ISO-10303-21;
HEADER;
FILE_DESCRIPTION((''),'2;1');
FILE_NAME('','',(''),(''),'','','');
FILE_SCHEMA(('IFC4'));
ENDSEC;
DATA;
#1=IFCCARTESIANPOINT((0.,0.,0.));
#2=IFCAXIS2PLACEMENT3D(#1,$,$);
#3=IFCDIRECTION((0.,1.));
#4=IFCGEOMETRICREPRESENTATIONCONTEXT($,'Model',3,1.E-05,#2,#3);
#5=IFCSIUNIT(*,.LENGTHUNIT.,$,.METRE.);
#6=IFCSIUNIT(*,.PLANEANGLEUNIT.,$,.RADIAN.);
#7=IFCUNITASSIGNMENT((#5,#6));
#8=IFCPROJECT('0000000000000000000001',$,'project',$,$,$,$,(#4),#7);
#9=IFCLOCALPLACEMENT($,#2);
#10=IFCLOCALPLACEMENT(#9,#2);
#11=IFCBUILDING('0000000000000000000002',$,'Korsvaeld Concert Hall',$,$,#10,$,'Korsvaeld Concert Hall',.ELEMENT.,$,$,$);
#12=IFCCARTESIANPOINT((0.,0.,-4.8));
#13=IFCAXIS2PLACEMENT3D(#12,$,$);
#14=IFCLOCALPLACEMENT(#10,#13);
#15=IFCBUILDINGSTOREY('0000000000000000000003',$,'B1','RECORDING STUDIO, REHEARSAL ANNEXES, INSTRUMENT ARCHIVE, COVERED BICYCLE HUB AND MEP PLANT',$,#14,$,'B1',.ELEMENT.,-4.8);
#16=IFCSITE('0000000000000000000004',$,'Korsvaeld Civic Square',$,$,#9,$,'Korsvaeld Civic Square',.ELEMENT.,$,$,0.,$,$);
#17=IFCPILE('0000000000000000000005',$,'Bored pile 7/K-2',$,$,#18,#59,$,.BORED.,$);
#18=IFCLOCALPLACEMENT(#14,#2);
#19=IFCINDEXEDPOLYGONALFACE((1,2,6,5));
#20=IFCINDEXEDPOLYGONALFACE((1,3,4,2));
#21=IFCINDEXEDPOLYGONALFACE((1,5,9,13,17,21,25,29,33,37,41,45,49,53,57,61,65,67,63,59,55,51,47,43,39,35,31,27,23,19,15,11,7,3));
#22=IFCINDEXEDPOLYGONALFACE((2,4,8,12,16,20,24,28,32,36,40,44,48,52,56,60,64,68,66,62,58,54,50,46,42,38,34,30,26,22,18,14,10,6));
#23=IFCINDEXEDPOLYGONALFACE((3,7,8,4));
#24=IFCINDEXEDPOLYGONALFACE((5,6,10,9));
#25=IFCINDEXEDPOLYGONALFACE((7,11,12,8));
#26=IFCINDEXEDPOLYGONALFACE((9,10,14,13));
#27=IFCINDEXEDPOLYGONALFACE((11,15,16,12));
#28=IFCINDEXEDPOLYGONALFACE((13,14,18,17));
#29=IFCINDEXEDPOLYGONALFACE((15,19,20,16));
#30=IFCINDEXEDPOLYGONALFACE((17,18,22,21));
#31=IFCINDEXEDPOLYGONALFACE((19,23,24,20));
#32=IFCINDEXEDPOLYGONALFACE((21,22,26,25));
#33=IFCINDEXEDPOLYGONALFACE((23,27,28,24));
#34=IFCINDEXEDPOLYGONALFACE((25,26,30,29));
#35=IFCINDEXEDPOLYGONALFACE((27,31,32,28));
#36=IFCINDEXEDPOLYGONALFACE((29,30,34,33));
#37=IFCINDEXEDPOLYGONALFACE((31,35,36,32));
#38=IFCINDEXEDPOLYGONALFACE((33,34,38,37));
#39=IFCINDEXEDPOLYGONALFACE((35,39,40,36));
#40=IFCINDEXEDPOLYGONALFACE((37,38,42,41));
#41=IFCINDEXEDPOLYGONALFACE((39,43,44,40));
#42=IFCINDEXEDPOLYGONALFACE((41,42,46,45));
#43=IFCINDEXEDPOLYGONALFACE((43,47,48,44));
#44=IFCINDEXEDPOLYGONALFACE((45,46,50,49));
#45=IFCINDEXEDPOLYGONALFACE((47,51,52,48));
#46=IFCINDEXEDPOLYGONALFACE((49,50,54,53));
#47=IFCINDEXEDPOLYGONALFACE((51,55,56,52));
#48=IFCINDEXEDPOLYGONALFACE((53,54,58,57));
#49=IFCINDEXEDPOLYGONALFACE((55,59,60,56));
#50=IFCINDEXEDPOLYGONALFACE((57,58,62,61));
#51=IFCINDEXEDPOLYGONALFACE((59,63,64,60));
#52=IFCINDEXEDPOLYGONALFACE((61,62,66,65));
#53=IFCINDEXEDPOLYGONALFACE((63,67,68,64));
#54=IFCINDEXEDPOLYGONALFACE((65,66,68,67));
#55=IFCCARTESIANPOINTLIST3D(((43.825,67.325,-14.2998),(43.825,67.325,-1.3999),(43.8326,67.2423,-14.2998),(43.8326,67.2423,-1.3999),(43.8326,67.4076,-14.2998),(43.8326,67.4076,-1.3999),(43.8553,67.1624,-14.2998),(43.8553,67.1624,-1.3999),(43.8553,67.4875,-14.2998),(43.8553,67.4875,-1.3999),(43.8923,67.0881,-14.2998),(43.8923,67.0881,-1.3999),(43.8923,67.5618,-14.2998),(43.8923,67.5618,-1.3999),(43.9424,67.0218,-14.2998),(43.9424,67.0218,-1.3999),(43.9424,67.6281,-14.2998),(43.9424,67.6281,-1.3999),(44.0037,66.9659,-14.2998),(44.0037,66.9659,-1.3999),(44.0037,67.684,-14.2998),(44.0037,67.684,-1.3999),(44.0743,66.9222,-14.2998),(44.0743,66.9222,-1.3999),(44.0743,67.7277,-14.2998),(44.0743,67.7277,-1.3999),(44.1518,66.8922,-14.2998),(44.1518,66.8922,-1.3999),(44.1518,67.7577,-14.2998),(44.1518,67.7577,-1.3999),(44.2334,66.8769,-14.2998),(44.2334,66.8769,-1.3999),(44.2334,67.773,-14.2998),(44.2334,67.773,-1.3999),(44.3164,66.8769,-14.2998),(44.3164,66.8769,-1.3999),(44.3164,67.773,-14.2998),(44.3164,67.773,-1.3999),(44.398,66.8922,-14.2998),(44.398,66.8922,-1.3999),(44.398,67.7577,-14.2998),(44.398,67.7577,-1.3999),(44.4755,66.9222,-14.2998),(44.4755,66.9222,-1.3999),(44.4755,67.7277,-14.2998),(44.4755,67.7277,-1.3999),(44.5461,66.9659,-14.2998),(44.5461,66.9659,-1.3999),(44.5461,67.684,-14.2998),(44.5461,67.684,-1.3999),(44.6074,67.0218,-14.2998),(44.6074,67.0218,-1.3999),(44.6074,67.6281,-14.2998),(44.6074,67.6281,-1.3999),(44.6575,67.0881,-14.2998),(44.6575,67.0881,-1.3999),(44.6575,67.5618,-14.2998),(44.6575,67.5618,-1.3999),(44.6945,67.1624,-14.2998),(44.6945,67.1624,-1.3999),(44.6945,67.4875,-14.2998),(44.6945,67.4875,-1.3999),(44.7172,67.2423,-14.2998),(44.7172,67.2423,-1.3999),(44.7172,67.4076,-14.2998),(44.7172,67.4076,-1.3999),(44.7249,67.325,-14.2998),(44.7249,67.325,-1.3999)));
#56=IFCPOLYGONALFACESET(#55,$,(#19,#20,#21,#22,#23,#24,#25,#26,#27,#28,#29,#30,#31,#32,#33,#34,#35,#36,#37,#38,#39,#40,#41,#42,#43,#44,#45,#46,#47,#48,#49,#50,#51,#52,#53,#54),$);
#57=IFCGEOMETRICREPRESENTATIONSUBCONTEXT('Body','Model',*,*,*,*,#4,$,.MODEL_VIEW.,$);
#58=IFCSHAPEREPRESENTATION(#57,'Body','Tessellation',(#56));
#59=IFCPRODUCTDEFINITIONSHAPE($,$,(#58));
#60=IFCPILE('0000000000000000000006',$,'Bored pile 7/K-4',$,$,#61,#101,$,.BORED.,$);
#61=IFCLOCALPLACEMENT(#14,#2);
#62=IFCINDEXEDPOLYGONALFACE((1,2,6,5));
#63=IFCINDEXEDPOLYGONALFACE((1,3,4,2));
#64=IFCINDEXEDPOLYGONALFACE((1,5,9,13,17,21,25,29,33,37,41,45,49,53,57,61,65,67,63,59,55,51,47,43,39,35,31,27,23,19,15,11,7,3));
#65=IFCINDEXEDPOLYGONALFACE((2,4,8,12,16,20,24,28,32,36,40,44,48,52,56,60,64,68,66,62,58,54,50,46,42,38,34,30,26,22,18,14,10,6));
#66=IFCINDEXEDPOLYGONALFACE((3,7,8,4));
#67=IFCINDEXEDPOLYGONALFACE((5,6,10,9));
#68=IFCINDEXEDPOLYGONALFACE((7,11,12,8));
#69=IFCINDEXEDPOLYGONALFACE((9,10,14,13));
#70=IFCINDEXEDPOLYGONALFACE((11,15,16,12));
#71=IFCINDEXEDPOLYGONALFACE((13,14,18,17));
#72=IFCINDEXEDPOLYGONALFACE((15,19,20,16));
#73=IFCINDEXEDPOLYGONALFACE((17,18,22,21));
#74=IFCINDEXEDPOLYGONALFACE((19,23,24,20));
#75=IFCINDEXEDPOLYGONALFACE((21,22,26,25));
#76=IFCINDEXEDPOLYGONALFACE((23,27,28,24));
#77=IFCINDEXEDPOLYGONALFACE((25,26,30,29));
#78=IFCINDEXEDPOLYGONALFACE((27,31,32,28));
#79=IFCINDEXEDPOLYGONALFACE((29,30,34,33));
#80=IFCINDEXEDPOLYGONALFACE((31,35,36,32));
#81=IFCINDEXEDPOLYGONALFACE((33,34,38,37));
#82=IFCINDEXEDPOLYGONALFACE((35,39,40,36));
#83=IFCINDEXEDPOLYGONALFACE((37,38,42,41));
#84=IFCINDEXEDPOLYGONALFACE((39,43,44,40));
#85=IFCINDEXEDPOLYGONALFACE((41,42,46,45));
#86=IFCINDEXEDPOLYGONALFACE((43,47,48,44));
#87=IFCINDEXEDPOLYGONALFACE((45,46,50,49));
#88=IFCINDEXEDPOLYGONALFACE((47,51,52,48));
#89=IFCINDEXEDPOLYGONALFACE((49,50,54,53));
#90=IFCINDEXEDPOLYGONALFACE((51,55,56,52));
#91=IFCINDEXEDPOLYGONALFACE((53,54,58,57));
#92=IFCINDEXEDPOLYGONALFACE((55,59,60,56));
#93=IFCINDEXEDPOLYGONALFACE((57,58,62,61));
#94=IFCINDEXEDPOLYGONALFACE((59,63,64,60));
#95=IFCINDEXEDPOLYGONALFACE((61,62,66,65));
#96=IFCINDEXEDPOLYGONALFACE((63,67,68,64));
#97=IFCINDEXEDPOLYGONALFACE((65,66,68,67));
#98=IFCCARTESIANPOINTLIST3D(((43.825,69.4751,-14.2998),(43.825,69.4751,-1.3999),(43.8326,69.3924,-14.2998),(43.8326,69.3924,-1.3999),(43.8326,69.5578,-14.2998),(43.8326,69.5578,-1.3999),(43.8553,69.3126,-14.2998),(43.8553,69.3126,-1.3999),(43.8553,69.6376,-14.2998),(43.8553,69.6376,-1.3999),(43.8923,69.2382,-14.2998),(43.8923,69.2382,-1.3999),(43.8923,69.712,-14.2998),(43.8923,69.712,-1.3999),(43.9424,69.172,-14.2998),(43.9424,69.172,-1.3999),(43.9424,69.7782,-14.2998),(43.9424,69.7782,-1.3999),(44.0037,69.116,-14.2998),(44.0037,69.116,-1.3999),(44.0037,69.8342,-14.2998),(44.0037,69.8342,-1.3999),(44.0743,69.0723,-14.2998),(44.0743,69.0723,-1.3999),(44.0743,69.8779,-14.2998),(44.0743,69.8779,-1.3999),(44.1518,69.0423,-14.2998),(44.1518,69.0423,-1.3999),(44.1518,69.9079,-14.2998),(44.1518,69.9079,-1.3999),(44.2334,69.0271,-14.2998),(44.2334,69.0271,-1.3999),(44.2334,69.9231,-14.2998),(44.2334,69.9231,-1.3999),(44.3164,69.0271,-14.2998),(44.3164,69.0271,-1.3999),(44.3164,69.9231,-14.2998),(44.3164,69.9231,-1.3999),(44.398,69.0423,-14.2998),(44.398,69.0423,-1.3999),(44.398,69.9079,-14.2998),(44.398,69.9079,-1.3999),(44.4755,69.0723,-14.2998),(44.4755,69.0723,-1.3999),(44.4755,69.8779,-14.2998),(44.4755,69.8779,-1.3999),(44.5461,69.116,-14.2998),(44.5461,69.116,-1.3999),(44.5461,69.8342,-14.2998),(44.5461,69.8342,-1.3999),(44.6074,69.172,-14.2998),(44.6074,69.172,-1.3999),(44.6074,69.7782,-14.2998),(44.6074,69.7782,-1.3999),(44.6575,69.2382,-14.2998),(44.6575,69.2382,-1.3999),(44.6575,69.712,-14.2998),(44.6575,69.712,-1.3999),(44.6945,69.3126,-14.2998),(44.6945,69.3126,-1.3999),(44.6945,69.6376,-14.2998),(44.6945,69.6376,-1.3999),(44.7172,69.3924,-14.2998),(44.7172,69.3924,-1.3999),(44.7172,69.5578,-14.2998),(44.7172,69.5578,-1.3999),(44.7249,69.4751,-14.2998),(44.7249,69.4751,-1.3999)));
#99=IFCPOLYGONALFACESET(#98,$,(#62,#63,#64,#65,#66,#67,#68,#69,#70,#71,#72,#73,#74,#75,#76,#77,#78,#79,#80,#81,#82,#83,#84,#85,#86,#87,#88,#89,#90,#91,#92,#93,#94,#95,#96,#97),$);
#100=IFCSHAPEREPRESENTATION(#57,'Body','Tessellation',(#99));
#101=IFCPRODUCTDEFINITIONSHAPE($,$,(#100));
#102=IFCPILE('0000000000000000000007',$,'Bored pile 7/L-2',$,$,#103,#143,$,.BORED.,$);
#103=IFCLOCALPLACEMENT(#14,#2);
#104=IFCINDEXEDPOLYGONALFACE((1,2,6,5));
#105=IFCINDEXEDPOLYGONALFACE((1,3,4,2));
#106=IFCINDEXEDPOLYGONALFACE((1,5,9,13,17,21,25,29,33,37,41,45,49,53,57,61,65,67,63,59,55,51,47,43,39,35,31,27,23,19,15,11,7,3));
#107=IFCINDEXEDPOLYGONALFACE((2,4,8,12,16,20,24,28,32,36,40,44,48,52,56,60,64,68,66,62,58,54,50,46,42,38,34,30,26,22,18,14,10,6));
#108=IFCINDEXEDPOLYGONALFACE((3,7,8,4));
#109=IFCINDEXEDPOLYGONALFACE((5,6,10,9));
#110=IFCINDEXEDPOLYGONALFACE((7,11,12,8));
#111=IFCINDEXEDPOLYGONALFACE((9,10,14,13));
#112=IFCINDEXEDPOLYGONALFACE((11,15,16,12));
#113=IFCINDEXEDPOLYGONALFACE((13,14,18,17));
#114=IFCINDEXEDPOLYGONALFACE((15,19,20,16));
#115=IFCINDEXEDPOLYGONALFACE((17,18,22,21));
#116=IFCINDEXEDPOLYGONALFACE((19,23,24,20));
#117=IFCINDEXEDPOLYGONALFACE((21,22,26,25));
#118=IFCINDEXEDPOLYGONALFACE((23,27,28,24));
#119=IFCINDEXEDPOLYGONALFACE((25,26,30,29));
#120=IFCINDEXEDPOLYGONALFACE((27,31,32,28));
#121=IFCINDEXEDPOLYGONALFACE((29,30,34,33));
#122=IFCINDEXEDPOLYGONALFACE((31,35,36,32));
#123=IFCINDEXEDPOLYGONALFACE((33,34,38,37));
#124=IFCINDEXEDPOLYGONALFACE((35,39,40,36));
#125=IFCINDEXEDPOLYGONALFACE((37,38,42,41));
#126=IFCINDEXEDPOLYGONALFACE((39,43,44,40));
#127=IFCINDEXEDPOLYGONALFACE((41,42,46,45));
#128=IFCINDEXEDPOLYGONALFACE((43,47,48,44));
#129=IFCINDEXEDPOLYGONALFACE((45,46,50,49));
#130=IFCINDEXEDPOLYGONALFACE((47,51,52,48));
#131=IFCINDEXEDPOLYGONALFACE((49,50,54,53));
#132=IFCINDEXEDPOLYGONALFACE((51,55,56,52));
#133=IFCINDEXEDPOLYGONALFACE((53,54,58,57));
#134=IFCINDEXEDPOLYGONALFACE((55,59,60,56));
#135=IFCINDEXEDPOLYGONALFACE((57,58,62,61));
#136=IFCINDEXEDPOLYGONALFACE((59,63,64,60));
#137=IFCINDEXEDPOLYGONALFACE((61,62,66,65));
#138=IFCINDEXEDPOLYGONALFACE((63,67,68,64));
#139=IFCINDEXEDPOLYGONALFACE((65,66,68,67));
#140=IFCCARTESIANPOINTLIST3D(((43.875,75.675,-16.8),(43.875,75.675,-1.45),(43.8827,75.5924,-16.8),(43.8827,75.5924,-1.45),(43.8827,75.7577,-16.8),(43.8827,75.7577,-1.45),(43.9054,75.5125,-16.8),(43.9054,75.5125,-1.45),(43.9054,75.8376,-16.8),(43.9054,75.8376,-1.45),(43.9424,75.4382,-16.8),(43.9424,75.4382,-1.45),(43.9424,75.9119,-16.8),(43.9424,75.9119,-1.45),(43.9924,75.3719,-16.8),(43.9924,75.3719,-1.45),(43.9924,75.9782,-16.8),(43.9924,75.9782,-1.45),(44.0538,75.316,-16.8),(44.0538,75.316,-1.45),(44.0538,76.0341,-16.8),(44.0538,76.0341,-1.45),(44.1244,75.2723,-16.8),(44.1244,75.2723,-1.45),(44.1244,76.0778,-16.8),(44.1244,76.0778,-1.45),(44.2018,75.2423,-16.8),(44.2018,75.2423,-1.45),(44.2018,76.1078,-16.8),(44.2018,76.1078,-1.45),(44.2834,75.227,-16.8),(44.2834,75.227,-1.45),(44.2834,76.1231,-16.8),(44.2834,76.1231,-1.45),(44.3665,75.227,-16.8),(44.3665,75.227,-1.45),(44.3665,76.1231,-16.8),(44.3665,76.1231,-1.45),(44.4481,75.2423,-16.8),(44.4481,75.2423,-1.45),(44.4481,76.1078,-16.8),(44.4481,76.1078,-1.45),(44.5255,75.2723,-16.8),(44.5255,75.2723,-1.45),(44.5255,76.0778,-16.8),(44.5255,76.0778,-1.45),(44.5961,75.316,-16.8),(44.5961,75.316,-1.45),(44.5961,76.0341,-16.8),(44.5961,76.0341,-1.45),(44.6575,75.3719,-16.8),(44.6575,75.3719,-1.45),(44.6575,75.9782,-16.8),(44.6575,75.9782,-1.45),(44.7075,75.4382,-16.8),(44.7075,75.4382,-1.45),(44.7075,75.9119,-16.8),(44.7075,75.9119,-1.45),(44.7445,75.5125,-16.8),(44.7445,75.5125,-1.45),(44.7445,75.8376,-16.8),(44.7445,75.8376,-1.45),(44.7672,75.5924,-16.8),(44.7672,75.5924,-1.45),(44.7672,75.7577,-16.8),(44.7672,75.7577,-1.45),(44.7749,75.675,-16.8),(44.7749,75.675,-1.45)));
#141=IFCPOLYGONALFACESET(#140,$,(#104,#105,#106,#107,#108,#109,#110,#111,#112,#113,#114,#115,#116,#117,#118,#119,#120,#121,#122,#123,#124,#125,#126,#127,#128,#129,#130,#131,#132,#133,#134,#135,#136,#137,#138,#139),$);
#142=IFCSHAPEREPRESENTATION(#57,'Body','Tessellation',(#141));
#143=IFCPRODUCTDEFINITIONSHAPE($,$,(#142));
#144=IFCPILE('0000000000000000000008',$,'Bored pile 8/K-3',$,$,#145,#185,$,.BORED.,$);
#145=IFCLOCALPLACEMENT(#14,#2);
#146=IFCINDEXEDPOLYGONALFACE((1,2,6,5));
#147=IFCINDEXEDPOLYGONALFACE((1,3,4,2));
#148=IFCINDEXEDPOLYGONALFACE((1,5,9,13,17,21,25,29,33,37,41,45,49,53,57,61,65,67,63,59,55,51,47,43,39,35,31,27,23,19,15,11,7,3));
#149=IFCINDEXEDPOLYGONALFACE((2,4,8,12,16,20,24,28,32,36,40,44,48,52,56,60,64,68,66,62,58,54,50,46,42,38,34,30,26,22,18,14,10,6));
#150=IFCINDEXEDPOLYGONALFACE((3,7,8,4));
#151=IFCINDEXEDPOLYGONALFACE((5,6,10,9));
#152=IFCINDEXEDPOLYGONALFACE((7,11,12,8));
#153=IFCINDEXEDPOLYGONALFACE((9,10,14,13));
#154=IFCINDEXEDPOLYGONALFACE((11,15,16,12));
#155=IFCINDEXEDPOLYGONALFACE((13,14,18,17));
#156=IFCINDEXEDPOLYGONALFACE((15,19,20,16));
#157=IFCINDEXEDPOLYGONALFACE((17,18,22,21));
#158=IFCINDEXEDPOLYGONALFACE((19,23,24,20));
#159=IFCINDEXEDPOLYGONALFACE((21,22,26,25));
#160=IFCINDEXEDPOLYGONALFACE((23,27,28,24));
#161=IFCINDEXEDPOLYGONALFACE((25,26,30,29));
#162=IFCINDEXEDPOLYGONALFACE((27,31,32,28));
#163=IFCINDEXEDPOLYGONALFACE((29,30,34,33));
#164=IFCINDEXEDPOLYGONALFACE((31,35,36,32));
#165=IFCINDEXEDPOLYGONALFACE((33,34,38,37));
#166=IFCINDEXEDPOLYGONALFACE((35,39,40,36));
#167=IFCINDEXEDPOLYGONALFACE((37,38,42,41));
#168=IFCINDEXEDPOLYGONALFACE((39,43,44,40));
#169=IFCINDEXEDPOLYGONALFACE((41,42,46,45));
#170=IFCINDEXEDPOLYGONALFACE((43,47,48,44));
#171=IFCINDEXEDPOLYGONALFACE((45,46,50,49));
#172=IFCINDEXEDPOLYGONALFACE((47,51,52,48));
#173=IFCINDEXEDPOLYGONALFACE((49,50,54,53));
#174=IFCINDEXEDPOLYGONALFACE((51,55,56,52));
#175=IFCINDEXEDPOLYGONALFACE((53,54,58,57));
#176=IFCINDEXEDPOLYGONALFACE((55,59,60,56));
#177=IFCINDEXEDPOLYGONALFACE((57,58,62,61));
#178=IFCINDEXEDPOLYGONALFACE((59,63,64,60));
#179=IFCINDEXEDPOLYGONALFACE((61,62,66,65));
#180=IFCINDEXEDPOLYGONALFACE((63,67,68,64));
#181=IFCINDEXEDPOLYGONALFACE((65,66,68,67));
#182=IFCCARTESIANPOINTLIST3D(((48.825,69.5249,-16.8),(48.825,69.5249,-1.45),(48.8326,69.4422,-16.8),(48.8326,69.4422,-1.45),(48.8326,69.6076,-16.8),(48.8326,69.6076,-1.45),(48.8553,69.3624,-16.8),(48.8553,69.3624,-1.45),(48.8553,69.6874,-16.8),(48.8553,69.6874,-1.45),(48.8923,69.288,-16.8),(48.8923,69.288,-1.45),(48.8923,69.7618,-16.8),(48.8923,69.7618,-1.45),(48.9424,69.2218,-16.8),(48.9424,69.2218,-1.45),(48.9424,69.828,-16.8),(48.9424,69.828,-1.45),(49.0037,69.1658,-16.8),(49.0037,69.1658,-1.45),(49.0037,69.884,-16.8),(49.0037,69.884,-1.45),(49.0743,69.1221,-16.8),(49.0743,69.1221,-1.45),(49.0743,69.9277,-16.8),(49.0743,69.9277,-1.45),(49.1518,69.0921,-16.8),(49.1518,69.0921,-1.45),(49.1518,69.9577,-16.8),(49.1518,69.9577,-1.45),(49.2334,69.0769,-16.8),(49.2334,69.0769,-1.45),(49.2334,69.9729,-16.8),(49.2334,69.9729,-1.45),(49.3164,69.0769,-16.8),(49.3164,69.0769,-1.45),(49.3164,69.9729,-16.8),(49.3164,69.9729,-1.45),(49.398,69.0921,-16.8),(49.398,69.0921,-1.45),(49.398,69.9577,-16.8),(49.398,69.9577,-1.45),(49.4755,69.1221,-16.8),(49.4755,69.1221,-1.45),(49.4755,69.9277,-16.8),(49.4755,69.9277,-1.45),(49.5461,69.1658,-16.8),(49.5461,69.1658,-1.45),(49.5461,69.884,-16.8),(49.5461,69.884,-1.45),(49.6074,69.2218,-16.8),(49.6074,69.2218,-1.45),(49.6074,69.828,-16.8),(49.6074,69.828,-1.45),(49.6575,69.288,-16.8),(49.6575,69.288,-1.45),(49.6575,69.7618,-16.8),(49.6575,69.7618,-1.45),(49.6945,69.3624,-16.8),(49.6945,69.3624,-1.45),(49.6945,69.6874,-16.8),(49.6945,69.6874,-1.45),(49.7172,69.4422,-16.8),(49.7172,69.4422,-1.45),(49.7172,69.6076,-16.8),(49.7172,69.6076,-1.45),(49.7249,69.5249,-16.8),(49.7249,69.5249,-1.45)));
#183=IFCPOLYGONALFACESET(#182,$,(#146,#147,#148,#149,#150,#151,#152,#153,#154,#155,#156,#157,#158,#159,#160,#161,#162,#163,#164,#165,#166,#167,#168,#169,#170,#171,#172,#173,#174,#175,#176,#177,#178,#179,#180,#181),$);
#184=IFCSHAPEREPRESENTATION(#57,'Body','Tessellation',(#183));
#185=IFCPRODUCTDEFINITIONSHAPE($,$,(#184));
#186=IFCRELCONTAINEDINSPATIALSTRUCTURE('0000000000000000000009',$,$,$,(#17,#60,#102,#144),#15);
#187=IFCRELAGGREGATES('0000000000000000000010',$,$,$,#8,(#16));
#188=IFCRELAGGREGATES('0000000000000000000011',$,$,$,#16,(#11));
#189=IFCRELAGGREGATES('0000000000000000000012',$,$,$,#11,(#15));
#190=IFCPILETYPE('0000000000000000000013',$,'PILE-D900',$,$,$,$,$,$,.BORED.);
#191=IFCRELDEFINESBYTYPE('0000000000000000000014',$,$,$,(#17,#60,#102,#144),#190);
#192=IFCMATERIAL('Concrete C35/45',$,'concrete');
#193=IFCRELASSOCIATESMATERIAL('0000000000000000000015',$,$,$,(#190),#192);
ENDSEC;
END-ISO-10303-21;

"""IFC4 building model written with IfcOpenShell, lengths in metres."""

from ifc_helpers import new_model, si_unit, direction, frame, origin, origin_2d, place, context, subcontext, project, spatial, circle, extrude, material, material_profile, profile_set, type_object, element, save


model = new_model("IFC4")

# Units and contexts
model_context = context("Model", 3, precision=1e-05, world=origin(), true_north=direction((0.0, 1.0)))
body_context = subcontext(model_context, "Body", "Model", "MODEL_VIEW")
ifc_project = project(units=[si_unit("LENGTHUNIT", "METRE"), si_unit("PLANEANGLEUNIT", "RADIAN")], contexts=[model_context])

# Site, building, storey
site_placement = place(None, origin())
site = spatial("IfcSite", under=ifc_project, at=site_placement, Name="Korsvaeld Civic Square", LongName="Korsvaeld Civic Square", CompositionType="ELEMENT", RefElevation=0.0)
building_placement = place(site_placement, origin())
building = spatial("IfcBuilding", under=site, at=building_placement, Name="Korsvaeld Concert Hall", LongName="Korsvaeld Concert Hall", CompositionType="ELEMENT")
storey_placement = place(building_placement, frame((0.0, 0.0, -4.8)))
storey = spatial("IfcBuildingStorey", under=building, at=storey_placement, Name="B1", Description="RECORDING STUDIO, REHEARSAL ANNEXES, INSTRUMENT ARCHIVE, COVERED BICYCLE HUB AND MEP PLANT", LongName="B1", CompositionType="ELEMENT", Elevation=-4.8)

# Shared definitions
ifc_material_1 = material(Name="Concrete C35/45", Category="concrete")

# Piles
ifc_material_profile_1 = material_profile(ifc_material_1, circle(Radius=0.45, at=origin_2d()), Name="BORED PILE D900")
ifc_profile_set_1 = profile_set([ifc_material_profile_1], Name="Concrete C35/45")
pile_type_1 = type_object("IfcPileType", Name="PILE-D900", PredefinedType="BORED", material=ifc_profile_set_1)
for number, where, z_axis, x_axis, name in (
    (1, (44.2749, 67.325, -1.3999), (0.0, 0.0, -1.0), (1.0, 0.0, 0.0), "Bored pile 7/K-2"),
    (2, (44.2749, 69.4751, -1.3999), (0.0, 0.0, -1.0), (1.0, 0.0, 0.0), "Bored pile 7/K-4"),
):
    element("IfcPile", number, at=place(storey_placement, frame(where, z_axis=z_axis, x_axis=x_axis)), inside=storey, type_object=pile_type_1, Name=name, PredefinedType="BORED", context=body_context, shape_type="SweptSolid", body=[
        extrude(circle(Radius=0.45, at=origin_2d()), origin(), (0.0, 0.0, 1.0), 12.8999),
    ])
for number, where, z_axis, x_axis, name in (
    (3, (44.325, 75.675, -1.45), (0.0, 0.0, -1.0), (1.0, 0.0, 0.0), "Bored pile 7/L-2"),
    (4, (49.2749, 69.5249, -1.45), (0.0, 0.0, -1.0), (1.0, 0.0, 0.0), "Bored pile 8/K-3"),
):
    element("IfcPile", number, at=place(storey_placement, frame(where, z_axis=z_axis, x_axis=x_axis)), inside=storey, type_object=pile_type_1, Name=name, PredefinedType="BORED", context=body_context, shape_type="SweptSolid", body=[
        extrude(circle(Radius=0.45, at=origin_2d()), origin(), (0.0, 0.0, 1.0), 15.3501),
    ])

save(model, "model.ifc")
